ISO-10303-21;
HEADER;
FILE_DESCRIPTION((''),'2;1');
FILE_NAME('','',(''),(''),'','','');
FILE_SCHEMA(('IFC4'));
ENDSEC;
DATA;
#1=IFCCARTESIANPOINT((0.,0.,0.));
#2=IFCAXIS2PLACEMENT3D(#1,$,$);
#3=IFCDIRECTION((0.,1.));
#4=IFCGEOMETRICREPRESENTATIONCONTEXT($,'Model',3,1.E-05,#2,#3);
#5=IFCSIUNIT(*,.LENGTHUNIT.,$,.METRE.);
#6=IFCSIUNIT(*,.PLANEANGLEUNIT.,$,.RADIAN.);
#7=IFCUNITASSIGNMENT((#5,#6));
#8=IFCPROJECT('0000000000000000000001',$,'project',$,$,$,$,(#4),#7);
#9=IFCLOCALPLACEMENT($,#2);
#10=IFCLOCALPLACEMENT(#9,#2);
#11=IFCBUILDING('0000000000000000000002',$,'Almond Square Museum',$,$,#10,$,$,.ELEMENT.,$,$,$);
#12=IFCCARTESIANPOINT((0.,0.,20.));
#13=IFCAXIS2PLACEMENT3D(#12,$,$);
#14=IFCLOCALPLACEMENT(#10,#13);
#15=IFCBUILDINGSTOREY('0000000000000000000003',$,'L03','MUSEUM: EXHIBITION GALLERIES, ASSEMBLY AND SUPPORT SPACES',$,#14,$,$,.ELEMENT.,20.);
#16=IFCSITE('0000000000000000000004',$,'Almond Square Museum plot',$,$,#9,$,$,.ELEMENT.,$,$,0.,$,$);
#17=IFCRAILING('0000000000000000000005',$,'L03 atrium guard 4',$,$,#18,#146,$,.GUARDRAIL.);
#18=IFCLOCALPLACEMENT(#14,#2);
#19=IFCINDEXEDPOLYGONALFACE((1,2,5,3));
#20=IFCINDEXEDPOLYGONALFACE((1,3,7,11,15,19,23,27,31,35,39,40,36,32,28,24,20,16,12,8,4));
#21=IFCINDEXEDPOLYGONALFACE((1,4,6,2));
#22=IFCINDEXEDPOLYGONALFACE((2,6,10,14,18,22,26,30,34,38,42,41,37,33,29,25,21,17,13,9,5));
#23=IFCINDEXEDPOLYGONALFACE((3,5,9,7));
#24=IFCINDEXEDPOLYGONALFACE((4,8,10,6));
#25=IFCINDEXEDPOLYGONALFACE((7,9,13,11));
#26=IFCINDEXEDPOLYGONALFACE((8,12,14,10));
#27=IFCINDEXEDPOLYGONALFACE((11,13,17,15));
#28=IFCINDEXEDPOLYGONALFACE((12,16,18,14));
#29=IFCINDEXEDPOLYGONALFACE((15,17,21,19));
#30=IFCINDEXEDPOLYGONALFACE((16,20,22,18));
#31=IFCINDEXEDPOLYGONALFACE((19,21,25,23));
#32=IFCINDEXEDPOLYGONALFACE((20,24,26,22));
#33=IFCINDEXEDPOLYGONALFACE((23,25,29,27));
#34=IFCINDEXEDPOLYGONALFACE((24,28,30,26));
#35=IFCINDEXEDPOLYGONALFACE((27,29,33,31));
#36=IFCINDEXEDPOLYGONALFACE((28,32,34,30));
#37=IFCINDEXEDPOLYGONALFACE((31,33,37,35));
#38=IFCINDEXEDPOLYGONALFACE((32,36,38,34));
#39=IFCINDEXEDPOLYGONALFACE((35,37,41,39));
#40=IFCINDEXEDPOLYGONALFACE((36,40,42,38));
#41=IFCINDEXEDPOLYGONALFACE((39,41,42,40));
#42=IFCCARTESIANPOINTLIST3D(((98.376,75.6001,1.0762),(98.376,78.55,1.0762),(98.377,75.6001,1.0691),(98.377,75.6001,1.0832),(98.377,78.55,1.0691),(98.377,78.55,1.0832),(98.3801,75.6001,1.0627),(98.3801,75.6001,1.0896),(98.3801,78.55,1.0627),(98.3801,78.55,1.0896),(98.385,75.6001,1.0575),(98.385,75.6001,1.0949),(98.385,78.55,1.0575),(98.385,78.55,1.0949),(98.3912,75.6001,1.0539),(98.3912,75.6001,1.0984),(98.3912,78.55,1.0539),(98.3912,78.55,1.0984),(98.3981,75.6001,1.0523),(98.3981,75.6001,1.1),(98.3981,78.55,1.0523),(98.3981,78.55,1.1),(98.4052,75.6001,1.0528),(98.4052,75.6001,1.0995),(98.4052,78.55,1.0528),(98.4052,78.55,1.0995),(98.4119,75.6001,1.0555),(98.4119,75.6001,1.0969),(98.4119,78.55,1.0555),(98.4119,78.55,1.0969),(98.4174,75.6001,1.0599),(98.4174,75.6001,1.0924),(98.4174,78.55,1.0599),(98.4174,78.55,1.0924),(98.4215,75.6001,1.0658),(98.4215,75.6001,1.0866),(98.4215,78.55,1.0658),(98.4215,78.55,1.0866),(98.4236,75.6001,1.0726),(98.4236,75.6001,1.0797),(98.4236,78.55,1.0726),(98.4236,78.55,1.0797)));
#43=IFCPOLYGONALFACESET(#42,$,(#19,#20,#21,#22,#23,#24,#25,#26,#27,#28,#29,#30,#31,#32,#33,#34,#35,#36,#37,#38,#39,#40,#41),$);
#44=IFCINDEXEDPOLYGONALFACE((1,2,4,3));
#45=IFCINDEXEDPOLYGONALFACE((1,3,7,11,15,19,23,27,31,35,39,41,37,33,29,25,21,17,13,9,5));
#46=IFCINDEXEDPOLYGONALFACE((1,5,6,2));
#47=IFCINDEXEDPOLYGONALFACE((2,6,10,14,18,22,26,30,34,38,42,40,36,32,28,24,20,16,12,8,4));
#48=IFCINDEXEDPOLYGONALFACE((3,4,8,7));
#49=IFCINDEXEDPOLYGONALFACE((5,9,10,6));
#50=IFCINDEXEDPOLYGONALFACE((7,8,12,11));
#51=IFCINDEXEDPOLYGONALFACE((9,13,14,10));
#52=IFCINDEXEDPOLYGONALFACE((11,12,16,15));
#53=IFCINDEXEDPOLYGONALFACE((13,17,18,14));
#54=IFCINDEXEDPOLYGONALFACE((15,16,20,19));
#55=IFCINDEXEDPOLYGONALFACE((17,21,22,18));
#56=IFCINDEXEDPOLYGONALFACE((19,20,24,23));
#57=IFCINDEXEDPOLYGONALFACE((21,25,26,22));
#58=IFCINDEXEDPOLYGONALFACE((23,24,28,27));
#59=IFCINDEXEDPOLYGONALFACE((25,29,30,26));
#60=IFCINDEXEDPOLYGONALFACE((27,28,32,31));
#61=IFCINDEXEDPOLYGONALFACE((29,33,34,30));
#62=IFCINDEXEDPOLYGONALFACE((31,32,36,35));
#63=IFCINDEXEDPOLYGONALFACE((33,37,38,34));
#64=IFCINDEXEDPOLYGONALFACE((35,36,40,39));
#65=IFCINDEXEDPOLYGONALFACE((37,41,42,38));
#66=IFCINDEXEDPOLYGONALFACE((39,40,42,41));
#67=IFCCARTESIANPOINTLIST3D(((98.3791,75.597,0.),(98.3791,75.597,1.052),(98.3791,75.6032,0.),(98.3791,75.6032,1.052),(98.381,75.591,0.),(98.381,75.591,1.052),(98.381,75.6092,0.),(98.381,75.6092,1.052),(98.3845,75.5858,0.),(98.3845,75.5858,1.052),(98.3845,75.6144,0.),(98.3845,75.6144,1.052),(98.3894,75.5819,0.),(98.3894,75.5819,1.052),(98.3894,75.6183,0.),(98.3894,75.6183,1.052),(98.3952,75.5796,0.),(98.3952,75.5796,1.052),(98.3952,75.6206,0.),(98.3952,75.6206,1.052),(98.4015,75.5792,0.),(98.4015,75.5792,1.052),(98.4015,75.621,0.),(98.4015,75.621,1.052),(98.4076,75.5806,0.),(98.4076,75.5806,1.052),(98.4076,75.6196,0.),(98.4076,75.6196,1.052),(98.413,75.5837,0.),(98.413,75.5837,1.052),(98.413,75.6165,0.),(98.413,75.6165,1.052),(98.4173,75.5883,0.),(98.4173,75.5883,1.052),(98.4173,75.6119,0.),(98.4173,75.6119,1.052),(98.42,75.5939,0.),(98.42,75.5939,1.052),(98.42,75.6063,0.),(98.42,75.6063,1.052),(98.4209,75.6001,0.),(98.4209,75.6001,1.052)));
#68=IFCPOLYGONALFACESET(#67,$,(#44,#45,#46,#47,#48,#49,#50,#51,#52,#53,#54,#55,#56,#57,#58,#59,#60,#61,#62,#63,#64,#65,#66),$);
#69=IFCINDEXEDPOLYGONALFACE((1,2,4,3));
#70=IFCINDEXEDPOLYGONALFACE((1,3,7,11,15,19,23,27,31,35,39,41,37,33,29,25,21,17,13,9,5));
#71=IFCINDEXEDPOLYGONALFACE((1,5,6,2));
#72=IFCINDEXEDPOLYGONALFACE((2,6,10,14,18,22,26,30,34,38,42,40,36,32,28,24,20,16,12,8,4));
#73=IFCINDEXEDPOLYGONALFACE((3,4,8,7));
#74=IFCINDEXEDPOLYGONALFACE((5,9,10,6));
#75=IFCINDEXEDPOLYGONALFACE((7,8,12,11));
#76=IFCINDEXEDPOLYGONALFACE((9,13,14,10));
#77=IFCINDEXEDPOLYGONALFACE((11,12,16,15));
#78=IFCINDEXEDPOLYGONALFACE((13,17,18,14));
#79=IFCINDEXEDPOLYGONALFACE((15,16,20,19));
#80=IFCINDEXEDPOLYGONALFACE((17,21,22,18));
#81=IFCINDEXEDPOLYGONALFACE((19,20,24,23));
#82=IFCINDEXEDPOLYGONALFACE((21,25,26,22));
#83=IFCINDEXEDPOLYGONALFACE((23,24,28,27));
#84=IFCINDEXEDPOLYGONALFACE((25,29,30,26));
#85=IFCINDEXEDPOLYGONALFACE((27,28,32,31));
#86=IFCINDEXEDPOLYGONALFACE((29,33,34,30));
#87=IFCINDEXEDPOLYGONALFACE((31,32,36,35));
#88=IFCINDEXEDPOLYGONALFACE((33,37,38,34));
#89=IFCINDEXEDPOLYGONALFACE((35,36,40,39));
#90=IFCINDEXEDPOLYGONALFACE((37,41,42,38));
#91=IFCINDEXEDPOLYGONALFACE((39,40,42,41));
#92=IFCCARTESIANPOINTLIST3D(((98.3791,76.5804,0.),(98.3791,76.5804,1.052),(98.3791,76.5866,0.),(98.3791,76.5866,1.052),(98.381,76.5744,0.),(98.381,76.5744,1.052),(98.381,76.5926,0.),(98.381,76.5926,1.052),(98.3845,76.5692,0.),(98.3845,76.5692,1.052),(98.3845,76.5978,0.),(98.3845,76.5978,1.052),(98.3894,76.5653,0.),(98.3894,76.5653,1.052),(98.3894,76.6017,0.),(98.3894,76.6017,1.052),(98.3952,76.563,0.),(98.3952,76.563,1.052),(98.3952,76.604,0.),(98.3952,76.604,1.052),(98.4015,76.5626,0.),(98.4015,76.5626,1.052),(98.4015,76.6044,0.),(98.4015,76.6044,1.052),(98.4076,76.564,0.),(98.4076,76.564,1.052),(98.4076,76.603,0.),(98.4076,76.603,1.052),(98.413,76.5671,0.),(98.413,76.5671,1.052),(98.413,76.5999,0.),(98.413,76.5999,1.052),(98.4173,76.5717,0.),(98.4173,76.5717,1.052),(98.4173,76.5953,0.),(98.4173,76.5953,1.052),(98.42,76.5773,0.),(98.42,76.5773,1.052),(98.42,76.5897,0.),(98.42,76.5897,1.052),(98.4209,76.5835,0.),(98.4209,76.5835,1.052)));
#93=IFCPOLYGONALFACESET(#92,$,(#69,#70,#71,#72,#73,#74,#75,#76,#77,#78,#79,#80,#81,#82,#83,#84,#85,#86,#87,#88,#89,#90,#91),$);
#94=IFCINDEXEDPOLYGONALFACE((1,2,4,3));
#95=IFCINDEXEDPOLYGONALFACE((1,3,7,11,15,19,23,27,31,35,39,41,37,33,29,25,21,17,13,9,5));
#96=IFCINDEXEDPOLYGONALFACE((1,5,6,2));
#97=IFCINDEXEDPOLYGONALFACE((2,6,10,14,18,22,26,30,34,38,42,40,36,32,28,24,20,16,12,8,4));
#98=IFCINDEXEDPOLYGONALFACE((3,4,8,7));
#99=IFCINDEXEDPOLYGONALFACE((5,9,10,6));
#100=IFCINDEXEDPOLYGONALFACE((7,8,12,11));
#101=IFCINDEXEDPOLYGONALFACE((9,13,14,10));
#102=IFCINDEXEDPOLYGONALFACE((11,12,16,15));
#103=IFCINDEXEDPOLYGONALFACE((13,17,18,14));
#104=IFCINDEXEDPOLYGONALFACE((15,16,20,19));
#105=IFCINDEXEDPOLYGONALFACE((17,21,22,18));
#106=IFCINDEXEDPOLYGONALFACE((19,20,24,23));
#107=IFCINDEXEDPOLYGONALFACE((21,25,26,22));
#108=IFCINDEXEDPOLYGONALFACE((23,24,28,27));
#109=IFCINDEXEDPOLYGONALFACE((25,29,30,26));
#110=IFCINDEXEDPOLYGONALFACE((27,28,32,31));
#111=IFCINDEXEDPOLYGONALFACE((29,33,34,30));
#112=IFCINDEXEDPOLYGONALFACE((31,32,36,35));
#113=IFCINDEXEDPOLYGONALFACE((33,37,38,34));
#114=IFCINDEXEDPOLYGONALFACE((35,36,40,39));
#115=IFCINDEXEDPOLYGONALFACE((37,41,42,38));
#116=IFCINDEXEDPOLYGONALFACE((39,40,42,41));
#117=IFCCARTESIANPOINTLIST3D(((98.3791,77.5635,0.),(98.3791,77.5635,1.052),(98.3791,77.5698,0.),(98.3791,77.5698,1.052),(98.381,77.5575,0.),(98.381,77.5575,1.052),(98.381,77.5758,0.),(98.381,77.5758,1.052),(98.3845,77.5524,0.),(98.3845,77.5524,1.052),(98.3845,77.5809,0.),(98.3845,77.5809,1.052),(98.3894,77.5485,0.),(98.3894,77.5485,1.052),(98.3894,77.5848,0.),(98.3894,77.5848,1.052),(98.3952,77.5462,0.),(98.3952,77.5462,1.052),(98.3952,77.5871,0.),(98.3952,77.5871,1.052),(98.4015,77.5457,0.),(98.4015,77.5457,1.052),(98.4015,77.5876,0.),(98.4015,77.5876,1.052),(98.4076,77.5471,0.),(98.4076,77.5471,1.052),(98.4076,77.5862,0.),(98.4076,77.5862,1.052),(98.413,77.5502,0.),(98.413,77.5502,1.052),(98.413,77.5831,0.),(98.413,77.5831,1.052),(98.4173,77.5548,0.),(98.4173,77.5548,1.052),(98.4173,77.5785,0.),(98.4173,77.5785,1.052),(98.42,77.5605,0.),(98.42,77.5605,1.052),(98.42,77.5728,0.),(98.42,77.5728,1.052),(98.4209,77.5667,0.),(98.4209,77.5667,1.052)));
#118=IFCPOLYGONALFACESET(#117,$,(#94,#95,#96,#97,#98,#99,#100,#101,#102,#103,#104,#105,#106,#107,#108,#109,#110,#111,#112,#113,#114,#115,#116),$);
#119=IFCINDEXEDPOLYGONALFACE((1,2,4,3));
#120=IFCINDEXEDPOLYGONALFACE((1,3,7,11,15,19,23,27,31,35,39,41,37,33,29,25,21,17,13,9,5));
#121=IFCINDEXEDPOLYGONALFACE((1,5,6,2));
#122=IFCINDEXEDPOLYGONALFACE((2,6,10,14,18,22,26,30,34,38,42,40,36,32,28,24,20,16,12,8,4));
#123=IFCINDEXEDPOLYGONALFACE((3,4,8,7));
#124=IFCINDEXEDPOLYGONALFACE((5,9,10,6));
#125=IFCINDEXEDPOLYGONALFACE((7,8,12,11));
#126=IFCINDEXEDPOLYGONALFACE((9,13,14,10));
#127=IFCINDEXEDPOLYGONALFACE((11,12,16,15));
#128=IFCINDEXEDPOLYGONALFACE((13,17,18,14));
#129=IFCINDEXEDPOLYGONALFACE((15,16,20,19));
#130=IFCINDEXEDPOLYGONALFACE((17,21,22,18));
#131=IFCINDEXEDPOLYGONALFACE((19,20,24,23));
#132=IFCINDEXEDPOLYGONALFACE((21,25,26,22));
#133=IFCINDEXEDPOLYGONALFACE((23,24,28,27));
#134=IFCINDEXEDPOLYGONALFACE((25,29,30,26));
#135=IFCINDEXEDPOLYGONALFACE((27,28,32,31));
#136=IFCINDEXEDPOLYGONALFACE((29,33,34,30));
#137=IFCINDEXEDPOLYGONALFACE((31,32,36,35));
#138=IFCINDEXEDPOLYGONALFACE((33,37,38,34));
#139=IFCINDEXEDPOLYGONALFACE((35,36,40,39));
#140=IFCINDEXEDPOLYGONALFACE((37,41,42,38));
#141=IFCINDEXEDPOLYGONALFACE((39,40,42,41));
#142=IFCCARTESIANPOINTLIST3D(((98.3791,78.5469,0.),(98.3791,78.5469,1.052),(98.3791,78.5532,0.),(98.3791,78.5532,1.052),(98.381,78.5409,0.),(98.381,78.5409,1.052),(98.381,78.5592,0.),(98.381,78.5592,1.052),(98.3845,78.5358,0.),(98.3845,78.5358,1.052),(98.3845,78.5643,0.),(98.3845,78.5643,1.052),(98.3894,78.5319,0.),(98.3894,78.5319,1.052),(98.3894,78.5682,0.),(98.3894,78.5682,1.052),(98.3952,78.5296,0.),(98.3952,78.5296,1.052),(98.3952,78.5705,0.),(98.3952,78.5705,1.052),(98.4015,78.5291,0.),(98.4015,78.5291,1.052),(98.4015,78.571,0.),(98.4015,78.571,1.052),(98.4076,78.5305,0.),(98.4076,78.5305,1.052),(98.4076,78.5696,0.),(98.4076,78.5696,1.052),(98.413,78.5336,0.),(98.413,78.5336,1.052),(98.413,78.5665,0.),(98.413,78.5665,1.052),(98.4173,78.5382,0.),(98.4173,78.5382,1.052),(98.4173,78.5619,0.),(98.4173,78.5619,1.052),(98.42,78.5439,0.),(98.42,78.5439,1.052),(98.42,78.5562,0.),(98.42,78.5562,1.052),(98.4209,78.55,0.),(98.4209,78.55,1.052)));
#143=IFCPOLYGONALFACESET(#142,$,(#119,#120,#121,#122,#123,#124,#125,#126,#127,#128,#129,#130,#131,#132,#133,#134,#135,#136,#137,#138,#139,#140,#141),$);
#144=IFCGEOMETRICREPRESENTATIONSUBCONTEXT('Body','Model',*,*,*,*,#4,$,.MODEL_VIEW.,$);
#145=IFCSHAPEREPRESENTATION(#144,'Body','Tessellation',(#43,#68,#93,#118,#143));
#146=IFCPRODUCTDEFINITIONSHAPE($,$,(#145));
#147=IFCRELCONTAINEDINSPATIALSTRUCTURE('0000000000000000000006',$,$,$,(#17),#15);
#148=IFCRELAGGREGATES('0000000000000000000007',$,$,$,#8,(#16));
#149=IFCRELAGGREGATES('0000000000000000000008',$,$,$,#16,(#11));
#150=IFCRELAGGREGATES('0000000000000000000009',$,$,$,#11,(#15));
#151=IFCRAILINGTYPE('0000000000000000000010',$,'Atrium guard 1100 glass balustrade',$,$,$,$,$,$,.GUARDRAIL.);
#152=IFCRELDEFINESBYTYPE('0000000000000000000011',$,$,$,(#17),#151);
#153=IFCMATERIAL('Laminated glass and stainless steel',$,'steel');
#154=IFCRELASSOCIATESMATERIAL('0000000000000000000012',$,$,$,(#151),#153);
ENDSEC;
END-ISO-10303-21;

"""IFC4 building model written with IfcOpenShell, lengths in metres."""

from ifc_helpers import new_model, si_unit, direction, frame, origin, origin_2d, place, context, subcontext, project, spatial, circle, extrude, material, type_object, element, save


model = new_model("IFC4")

# Units and contexts
model_context = context("Model", 3, precision=1e-05, world=origin(), true_north=direction((0.0, 1.0)))
body_context = subcontext(model_context, "Body", "Model", "MODEL_VIEW")
ifc_project = project(units=[si_unit("LENGTHUNIT", "METRE"), si_unit("PLANEANGLEUNIT", "RADIAN")], contexts=[model_context])

# Site, building, storey
site_placement = place(None, origin())
site = spatial("IfcSite", under=ifc_project, at=site_placement, Name="Almond Square Museum plot", CompositionType="ELEMENT", RefElevation=0.0)
building_placement = place(site_placement, origin())
building = spatial("IfcBuilding", under=site, at=building_placement, Name="Almond Square Museum", CompositionType="ELEMENT")
storey_placement = place(building_placement, frame((0.0, 0.0, 20.0)))
storey = spatial("IfcBuildingStorey", under=building, at=storey_placement, Name="L03", Description="MUSEUM: EXHIBITION GALLERIES, ASSEMBLY AND SUPPORT SPACES", CompositionType="ELEMENT", Elevation=20.0)

# Railing
ifc_material_1 = material(Name="Laminated glass and stainless steel", Category="steel")
railing_type = type_object("IfcRailingType", Name="Atrium guard 1100 glass balustrade", PredefinedType="GUARDRAIL", material=ifc_material_1)
railing_1_placement = place(storey_placement, frame((98.3999, 75.6001, 0.0)))
element("IfcRailing", 1, at=railing_1_placement, inside=storey, type_object=railing_type, Name="L03 atrium guard 4", PredefinedType="GUARDRAIL", context=body_context, shape_type="SweptSolid", body=[
    extrude(circle(Radius=0.0239, at=origin_2d()), frame((0.0, 0.0, 1.0762), z_axis=(0.0, 1.0, 0.0), x_axis=(-1.0, 0.0, 0.0)), (0.0, 0.0, 1.0), 2.95),
    extrude(circle(Radius=0.021, at=origin_2d()), origin(), (0.0, 0.0, 1.0), 1.052),
    extrude(circle(Radius=0.021, at=origin_2d()), frame((0.0, 0.9834, 0.0)), (0.0, 0.0, 1.0), 1.052),
    extrude(circle(Radius=0.021, at=origin_2d()), frame((0.0, 1.9666, 0.0)), (0.0, 0.0, 1.0), 1.052),
    extrude(circle(Radius=0.021, at=origin_2d()), frame((0.0, 2.95, 0.0)), (0.0, 0.0, 1.0), 1.052),
])

save(model, "model.ifc")
